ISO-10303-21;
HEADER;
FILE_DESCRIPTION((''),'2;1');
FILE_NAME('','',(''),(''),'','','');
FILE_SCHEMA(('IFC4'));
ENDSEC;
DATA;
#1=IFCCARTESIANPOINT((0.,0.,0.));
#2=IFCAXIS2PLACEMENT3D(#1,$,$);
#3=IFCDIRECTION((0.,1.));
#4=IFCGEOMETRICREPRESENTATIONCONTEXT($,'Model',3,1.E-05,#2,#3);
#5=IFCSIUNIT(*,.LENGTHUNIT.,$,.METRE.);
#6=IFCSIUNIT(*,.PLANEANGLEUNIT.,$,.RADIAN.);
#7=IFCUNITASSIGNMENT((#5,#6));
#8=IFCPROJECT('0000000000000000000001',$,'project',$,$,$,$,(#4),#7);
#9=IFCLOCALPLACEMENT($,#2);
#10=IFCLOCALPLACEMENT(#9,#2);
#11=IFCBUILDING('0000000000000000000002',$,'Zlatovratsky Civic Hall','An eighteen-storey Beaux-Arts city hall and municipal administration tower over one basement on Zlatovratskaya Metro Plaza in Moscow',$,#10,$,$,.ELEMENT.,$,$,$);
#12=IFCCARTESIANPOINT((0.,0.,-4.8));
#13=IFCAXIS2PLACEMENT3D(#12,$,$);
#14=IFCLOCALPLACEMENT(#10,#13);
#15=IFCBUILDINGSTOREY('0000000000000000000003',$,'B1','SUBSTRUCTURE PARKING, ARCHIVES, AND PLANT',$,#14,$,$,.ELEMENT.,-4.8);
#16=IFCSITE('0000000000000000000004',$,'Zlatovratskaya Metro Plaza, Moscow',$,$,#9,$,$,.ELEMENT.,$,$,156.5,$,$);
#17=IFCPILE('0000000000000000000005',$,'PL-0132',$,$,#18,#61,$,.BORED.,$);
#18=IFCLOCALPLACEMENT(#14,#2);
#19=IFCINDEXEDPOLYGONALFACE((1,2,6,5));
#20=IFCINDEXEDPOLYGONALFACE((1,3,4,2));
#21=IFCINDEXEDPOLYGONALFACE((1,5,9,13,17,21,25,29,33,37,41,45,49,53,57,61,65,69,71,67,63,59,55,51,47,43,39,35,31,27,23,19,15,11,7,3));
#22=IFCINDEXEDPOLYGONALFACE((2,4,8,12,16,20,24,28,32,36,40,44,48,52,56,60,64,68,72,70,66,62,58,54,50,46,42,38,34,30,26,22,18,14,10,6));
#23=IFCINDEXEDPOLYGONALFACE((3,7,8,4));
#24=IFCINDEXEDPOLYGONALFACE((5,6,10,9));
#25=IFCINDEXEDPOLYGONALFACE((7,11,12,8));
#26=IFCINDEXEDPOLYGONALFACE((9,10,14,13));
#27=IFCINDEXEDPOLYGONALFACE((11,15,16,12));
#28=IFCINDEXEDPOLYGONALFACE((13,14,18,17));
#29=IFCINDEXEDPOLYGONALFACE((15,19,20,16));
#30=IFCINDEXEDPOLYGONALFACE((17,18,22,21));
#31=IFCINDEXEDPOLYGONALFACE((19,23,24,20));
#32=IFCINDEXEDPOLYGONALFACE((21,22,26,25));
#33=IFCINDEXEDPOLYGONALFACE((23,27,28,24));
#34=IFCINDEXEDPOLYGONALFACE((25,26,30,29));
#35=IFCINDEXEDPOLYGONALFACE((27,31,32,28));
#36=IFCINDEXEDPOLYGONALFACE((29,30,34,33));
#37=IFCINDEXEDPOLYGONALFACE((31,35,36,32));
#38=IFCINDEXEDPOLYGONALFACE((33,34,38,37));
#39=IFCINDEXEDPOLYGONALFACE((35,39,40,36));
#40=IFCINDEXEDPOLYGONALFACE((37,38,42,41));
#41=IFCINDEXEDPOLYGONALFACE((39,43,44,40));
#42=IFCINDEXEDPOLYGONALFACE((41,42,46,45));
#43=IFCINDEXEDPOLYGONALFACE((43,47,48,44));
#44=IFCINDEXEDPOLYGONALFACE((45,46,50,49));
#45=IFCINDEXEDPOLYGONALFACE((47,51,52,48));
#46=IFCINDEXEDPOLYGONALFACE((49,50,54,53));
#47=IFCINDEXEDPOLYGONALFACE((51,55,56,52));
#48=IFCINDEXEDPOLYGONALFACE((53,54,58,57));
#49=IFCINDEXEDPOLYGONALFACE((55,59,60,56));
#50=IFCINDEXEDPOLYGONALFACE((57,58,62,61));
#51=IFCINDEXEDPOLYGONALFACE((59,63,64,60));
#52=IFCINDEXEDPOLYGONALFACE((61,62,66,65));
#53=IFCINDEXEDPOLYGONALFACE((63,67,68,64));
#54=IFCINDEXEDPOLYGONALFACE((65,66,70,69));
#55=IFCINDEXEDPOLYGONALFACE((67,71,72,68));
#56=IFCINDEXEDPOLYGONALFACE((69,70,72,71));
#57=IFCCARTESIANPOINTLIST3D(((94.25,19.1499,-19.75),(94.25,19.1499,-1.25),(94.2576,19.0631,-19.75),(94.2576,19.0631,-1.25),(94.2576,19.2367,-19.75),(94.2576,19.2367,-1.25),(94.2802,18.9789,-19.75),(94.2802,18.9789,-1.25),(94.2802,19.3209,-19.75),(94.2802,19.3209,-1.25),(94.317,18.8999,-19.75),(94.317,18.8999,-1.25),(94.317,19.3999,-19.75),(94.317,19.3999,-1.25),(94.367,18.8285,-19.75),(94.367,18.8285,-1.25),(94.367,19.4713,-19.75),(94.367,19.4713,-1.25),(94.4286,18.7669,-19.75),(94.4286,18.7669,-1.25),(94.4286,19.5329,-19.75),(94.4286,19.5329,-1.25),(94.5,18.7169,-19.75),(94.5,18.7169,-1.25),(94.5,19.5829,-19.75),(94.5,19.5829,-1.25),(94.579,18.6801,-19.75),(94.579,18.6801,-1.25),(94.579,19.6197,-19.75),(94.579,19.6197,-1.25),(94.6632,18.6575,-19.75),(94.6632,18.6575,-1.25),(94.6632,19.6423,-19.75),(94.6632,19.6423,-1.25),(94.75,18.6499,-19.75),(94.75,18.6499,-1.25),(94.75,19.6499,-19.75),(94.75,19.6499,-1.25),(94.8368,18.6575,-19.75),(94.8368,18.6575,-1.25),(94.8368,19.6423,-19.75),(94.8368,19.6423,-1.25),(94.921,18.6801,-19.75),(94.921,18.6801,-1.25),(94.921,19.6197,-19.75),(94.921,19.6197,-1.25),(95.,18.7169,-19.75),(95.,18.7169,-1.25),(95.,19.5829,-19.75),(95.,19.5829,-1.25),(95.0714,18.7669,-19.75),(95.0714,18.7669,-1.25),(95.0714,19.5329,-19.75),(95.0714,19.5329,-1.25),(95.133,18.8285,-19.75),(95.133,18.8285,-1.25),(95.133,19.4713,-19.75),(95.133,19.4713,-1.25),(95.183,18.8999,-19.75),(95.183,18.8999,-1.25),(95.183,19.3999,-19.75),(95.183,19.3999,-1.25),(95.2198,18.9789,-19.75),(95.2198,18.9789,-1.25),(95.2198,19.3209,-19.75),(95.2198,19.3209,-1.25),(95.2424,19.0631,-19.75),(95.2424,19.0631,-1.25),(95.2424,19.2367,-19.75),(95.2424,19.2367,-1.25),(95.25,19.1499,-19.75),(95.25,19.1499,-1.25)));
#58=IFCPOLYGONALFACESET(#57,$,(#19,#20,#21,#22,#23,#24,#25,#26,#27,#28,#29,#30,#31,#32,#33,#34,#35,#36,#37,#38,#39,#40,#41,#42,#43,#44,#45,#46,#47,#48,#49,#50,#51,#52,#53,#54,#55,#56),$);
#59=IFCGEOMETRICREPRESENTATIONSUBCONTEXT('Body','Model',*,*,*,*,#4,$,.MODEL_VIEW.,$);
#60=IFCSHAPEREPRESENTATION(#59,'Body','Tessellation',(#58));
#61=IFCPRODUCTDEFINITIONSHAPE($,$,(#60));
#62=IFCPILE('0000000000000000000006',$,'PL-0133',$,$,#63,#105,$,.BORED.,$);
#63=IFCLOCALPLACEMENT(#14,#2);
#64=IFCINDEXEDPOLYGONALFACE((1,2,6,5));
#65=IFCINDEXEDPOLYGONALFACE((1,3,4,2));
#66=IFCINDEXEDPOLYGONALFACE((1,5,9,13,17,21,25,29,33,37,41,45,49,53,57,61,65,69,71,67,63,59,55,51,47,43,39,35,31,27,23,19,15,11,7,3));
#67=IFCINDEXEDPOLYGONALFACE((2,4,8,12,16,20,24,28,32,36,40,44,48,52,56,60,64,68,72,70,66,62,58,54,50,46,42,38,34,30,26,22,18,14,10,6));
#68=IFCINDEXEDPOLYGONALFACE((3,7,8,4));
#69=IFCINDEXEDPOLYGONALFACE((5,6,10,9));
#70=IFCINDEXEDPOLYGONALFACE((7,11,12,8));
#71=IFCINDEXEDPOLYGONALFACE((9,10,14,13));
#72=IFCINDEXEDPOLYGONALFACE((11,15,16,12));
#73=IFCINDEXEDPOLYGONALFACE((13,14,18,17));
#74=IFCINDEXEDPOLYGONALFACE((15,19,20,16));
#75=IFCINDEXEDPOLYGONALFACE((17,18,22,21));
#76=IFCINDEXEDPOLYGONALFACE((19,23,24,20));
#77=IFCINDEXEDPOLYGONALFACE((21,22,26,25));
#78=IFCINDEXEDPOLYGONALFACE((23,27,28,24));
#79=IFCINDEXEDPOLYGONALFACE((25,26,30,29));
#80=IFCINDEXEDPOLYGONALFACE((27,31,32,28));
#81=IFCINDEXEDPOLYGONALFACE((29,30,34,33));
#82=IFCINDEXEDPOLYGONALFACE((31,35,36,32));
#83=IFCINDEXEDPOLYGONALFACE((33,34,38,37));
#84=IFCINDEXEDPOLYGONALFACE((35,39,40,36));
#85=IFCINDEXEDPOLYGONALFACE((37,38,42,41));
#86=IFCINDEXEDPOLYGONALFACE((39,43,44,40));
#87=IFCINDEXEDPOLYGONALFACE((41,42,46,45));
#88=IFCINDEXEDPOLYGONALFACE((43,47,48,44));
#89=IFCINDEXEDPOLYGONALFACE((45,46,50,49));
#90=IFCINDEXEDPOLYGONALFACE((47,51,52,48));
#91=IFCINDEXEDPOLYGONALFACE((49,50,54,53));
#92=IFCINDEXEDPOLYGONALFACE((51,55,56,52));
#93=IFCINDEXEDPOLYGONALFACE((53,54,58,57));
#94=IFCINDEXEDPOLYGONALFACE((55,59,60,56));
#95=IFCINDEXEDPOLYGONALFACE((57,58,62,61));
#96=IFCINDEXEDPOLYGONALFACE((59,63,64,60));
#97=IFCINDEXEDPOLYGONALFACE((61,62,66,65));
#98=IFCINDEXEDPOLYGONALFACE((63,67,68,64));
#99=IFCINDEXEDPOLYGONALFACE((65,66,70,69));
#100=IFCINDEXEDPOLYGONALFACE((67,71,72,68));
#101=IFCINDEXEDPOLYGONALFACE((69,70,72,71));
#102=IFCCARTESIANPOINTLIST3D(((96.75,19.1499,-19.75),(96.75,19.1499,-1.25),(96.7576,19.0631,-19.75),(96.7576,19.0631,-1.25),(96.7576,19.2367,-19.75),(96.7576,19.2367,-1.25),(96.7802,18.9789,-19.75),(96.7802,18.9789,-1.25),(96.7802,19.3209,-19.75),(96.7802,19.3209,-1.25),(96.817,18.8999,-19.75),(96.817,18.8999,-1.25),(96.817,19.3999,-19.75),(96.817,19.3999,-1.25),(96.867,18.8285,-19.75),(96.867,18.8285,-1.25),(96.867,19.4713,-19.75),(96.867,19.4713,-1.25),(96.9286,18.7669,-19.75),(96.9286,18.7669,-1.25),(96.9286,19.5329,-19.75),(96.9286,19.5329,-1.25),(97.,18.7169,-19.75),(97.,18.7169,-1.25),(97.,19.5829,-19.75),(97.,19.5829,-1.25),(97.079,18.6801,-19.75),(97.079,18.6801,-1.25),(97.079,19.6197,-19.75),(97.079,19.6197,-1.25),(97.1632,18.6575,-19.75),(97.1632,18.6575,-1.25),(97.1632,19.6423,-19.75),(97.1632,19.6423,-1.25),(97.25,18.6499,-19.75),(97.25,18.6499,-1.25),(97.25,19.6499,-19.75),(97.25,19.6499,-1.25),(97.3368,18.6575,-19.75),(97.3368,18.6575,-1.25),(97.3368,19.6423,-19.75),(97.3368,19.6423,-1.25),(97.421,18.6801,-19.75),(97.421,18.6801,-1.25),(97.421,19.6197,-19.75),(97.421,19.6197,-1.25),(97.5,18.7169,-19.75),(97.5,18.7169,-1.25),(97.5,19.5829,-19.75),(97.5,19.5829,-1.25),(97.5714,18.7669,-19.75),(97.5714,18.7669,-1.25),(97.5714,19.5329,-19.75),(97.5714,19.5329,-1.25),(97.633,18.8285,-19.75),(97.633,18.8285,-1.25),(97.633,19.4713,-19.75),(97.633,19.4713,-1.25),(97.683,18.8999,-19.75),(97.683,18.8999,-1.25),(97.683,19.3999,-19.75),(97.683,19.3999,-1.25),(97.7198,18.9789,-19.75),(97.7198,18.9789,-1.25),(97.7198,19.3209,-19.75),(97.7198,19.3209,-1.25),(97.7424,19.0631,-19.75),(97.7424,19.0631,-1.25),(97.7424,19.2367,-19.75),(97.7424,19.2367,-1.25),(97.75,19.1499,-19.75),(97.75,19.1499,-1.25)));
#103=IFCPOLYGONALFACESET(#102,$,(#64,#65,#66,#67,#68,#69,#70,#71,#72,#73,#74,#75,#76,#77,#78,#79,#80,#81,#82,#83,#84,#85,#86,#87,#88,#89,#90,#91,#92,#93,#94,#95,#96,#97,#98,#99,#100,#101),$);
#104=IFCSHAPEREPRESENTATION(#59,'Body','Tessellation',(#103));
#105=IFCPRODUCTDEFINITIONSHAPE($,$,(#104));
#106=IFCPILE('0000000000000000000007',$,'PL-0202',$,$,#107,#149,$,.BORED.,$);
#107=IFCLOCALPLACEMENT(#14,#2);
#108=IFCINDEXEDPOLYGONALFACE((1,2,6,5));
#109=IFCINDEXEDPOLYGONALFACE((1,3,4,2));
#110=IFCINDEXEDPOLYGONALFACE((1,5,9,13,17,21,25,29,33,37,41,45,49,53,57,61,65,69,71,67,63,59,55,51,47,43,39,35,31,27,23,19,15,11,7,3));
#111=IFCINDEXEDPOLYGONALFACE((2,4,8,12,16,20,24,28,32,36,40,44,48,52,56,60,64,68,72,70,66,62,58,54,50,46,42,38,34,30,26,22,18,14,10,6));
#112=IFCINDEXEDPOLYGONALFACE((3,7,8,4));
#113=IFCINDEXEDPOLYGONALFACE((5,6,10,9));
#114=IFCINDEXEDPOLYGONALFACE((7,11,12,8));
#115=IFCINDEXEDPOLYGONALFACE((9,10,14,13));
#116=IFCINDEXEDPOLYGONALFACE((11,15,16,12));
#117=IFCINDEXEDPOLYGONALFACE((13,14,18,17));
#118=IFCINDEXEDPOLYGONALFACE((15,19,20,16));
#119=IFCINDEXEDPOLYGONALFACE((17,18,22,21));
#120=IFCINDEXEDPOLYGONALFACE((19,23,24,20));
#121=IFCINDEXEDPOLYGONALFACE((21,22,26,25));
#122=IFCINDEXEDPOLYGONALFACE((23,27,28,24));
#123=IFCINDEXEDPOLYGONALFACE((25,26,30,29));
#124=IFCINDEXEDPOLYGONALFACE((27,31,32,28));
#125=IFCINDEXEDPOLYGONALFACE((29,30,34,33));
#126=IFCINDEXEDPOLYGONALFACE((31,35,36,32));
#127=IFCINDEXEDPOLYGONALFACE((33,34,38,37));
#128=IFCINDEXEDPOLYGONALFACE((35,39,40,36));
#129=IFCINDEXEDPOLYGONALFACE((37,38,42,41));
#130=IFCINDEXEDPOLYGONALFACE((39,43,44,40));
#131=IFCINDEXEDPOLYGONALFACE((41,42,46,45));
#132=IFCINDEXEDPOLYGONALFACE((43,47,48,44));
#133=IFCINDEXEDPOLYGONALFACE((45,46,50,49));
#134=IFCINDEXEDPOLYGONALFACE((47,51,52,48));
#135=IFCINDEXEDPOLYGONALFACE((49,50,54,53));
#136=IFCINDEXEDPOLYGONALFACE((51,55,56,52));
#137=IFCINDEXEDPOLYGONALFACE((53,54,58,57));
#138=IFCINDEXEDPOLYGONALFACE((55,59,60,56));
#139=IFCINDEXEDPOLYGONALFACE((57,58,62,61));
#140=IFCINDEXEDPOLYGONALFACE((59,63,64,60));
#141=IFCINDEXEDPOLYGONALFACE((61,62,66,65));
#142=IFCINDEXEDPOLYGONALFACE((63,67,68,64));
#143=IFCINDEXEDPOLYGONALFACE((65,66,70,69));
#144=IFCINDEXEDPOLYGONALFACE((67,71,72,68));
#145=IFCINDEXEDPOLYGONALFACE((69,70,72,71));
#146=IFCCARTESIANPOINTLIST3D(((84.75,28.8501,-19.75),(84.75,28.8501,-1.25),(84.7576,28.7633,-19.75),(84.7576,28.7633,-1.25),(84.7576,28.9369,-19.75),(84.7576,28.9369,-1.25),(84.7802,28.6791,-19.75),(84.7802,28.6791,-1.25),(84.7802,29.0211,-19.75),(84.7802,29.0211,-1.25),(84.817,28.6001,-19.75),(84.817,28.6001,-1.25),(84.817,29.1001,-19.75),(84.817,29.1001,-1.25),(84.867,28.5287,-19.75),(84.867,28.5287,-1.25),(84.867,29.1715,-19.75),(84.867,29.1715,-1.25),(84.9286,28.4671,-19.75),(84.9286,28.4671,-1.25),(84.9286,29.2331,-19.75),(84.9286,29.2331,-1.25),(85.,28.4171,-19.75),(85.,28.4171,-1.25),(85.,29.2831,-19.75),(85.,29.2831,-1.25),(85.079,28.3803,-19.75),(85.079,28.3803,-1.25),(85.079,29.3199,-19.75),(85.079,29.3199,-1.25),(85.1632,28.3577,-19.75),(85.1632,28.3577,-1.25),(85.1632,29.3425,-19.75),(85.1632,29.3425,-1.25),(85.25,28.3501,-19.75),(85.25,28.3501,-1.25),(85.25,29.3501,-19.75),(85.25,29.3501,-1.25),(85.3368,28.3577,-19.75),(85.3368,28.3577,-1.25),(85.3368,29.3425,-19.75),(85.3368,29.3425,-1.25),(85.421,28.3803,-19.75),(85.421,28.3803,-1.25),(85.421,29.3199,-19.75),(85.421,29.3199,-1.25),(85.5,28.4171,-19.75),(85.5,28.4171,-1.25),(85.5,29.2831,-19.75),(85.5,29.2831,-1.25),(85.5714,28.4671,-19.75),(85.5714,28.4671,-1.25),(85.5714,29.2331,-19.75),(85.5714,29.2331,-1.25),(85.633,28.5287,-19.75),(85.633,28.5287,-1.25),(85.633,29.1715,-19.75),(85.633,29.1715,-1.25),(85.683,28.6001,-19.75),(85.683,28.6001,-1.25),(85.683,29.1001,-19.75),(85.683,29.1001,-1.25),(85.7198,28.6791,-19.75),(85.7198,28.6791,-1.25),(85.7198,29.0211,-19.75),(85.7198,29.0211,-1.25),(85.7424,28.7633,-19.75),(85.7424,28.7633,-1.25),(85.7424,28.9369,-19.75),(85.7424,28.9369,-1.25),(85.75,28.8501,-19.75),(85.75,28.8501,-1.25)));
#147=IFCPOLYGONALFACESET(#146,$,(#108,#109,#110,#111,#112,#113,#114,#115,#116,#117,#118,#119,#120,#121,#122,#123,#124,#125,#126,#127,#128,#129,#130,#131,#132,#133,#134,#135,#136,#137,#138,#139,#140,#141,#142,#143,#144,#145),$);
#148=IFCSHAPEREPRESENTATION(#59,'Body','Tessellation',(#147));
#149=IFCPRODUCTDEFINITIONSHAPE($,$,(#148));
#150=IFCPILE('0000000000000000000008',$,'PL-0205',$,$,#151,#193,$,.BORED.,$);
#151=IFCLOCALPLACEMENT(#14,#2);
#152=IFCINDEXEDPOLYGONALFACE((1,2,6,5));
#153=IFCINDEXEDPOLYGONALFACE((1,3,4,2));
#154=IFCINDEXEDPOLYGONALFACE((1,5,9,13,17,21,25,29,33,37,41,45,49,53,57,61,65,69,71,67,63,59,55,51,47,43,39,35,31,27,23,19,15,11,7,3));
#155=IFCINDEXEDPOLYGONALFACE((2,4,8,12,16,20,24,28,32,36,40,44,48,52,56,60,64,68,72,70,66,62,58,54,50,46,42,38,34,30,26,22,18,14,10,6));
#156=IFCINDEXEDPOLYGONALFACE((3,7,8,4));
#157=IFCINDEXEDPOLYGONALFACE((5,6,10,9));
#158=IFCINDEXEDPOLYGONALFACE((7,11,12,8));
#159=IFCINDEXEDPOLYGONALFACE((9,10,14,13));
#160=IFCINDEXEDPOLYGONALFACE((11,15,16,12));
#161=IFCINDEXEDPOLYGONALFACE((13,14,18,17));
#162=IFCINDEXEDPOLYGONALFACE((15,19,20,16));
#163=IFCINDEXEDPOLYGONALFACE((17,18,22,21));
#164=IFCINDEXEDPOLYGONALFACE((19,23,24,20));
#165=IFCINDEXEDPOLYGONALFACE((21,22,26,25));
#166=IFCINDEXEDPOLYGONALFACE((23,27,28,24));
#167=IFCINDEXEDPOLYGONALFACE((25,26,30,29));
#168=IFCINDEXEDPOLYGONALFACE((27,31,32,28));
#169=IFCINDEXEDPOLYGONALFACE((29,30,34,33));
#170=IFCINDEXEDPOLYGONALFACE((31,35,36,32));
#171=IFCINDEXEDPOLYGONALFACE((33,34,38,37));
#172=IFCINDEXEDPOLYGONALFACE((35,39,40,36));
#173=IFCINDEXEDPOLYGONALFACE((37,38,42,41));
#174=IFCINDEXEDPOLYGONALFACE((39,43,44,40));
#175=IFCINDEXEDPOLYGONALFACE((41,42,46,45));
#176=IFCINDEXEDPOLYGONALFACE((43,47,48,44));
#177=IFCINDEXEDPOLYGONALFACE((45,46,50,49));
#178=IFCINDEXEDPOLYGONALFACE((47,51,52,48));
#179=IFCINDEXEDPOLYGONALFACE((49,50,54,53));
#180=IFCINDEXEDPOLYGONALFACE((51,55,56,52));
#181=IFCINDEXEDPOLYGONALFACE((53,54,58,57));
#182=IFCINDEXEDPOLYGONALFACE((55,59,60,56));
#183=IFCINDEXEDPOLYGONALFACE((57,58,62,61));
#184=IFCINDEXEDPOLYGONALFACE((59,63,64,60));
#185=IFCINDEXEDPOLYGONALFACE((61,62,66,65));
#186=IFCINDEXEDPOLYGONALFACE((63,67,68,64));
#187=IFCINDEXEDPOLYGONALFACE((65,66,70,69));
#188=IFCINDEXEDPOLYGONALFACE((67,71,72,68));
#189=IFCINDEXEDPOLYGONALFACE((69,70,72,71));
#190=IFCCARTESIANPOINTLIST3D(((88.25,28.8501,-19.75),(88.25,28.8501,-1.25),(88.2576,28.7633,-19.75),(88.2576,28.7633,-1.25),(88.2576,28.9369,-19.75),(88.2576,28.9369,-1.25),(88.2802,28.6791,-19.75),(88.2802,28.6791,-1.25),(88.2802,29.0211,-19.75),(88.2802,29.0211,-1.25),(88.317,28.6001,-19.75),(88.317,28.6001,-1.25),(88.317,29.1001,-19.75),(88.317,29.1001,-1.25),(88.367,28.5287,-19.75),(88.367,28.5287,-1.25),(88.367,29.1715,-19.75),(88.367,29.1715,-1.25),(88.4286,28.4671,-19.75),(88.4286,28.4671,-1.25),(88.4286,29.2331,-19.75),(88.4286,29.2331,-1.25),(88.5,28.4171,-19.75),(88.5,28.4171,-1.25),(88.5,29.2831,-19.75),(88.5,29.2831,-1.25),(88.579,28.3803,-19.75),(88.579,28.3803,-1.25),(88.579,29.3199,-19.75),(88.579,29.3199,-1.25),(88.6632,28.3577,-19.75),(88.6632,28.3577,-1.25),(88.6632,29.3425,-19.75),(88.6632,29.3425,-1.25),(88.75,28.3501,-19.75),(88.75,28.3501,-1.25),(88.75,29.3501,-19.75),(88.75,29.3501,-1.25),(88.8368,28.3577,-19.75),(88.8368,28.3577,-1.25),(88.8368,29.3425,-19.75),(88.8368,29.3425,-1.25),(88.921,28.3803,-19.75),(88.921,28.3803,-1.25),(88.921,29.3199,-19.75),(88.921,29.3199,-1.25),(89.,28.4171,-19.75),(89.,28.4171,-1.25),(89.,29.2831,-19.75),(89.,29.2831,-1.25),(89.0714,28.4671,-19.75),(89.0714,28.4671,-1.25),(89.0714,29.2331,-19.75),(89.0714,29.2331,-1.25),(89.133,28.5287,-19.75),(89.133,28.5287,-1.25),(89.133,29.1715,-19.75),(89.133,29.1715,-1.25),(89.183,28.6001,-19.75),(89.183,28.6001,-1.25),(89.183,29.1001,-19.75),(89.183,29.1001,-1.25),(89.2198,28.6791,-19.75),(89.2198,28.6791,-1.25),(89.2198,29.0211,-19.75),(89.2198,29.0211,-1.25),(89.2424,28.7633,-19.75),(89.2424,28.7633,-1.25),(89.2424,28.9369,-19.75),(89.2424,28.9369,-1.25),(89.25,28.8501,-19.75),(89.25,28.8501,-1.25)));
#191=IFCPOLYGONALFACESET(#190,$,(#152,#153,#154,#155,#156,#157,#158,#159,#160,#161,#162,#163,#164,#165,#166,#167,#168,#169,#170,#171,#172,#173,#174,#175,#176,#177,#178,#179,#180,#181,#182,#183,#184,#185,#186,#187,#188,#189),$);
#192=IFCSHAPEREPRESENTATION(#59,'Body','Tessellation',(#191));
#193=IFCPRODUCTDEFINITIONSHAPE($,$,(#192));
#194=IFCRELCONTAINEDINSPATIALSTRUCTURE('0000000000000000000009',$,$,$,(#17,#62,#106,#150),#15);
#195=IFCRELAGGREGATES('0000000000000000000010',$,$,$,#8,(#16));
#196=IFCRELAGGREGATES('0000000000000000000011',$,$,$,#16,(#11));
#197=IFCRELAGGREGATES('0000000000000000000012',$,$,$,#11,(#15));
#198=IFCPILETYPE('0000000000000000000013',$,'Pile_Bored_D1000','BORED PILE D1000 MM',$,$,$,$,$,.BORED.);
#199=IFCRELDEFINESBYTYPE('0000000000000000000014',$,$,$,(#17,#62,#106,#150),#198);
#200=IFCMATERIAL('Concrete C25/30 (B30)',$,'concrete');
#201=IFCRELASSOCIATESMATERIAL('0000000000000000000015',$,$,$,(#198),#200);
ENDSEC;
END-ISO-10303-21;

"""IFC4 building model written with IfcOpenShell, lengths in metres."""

from ifc_helpers import new_model, si_unit, direction, frame, origin, origin_2d, place, context, subcontext, project, spatial, circle, extrude, material, material_profile, profile_set, type_object, element, save


model = new_model("IFC4")

# Units and contexts
model_context = context("Model", 3, precision=1e-05, world=origin(), true_north=direction((0.0, 1.0)))
body_context = subcontext(model_context, "Body", "Model", "MODEL_VIEW")
ifc_project = project(units=[si_unit("LENGTHUNIT", "METRE"), si_unit("PLANEANGLEUNIT", "RADIAN")], contexts=[model_context])

# Site, building, storey
site_placement = place(None, origin())
site = spatial("IfcSite", under=ifc_project, at=site_placement, Name="Zlatovratskaya Metro Plaza, Moscow", CompositionType="ELEMENT", RefElevation=156.5)
building_placement = place(site_placement, origin())
building = spatial("IfcBuilding", under=site, at=building_placement, Name="Zlatovratsky Civic Hall", Description="An eighteen-storey Beaux-Arts city hall and municipal administration tower over one basement on Zlatovratskaya Metro Plaza in Moscow", CompositionType="ELEMENT")
storey_placement = place(building_placement, frame((0.0, 0.0, -4.8)))
storey = spatial("IfcBuildingStorey", under=building, at=storey_placement, Name="B1", Description="SUBSTRUCTURE PARKING, ARCHIVES, AND PLANT", CompositionType="ELEMENT", Elevation=-4.8)

# Shared definitions
ifc_material_1 = material(Name="Concrete C25/30 (B30)", Category="concrete")

# Piles
ifc_material_profile_1 = material_profile(ifc_material_1, circle(Radius=0.5, at=origin_2d()), Name="PILE D1000")
ifc_profile_set_1 = profile_set([ifc_material_profile_1], Name="Concrete C25/30 (B30)")
pile_type_1 = type_object("IfcPileType", Name="Pile_Bored_D1000", Description="BORED PILE D1000 MM", PredefinedType="BORED", material=ifc_profile_set_1)
for number, where, z_axis, x_axis, name in (
    (1, (94.75, 19.1499, -1.25), (0.0, 0.0, -1.0), (1.0, 0.0, 0.0), "PL-0132"),
    (2, (97.25, 19.1499, -1.25), (0.0, 0.0, -1.0), (1.0, 0.0, 0.0), "PL-0133"),
    (3, (85.25, 28.8501, -1.25), (0.0, 0.0, -1.0), (1.0, 0.0, 0.0), "PL-0202"),
    (4, (88.75, 28.8501, -1.25), (0.0, 0.0, -1.0), (1.0, 0.0, 0.0), "PL-0205"),
):
    element("IfcPile", number, at=place(storey_placement, frame(where, z_axis=z_axis, x_axis=x_axis)), inside=storey, type_object=pile_type_1, Name=name, PredefinedType="BORED", context=body_context, shape_type="SweptSolid", body=[
        extrude(circle(Radius=0.5, at=origin_2d()), origin(), (0.0, 0.0, 1.0), 18.5),
    ])

save(model, "model.ifc")
